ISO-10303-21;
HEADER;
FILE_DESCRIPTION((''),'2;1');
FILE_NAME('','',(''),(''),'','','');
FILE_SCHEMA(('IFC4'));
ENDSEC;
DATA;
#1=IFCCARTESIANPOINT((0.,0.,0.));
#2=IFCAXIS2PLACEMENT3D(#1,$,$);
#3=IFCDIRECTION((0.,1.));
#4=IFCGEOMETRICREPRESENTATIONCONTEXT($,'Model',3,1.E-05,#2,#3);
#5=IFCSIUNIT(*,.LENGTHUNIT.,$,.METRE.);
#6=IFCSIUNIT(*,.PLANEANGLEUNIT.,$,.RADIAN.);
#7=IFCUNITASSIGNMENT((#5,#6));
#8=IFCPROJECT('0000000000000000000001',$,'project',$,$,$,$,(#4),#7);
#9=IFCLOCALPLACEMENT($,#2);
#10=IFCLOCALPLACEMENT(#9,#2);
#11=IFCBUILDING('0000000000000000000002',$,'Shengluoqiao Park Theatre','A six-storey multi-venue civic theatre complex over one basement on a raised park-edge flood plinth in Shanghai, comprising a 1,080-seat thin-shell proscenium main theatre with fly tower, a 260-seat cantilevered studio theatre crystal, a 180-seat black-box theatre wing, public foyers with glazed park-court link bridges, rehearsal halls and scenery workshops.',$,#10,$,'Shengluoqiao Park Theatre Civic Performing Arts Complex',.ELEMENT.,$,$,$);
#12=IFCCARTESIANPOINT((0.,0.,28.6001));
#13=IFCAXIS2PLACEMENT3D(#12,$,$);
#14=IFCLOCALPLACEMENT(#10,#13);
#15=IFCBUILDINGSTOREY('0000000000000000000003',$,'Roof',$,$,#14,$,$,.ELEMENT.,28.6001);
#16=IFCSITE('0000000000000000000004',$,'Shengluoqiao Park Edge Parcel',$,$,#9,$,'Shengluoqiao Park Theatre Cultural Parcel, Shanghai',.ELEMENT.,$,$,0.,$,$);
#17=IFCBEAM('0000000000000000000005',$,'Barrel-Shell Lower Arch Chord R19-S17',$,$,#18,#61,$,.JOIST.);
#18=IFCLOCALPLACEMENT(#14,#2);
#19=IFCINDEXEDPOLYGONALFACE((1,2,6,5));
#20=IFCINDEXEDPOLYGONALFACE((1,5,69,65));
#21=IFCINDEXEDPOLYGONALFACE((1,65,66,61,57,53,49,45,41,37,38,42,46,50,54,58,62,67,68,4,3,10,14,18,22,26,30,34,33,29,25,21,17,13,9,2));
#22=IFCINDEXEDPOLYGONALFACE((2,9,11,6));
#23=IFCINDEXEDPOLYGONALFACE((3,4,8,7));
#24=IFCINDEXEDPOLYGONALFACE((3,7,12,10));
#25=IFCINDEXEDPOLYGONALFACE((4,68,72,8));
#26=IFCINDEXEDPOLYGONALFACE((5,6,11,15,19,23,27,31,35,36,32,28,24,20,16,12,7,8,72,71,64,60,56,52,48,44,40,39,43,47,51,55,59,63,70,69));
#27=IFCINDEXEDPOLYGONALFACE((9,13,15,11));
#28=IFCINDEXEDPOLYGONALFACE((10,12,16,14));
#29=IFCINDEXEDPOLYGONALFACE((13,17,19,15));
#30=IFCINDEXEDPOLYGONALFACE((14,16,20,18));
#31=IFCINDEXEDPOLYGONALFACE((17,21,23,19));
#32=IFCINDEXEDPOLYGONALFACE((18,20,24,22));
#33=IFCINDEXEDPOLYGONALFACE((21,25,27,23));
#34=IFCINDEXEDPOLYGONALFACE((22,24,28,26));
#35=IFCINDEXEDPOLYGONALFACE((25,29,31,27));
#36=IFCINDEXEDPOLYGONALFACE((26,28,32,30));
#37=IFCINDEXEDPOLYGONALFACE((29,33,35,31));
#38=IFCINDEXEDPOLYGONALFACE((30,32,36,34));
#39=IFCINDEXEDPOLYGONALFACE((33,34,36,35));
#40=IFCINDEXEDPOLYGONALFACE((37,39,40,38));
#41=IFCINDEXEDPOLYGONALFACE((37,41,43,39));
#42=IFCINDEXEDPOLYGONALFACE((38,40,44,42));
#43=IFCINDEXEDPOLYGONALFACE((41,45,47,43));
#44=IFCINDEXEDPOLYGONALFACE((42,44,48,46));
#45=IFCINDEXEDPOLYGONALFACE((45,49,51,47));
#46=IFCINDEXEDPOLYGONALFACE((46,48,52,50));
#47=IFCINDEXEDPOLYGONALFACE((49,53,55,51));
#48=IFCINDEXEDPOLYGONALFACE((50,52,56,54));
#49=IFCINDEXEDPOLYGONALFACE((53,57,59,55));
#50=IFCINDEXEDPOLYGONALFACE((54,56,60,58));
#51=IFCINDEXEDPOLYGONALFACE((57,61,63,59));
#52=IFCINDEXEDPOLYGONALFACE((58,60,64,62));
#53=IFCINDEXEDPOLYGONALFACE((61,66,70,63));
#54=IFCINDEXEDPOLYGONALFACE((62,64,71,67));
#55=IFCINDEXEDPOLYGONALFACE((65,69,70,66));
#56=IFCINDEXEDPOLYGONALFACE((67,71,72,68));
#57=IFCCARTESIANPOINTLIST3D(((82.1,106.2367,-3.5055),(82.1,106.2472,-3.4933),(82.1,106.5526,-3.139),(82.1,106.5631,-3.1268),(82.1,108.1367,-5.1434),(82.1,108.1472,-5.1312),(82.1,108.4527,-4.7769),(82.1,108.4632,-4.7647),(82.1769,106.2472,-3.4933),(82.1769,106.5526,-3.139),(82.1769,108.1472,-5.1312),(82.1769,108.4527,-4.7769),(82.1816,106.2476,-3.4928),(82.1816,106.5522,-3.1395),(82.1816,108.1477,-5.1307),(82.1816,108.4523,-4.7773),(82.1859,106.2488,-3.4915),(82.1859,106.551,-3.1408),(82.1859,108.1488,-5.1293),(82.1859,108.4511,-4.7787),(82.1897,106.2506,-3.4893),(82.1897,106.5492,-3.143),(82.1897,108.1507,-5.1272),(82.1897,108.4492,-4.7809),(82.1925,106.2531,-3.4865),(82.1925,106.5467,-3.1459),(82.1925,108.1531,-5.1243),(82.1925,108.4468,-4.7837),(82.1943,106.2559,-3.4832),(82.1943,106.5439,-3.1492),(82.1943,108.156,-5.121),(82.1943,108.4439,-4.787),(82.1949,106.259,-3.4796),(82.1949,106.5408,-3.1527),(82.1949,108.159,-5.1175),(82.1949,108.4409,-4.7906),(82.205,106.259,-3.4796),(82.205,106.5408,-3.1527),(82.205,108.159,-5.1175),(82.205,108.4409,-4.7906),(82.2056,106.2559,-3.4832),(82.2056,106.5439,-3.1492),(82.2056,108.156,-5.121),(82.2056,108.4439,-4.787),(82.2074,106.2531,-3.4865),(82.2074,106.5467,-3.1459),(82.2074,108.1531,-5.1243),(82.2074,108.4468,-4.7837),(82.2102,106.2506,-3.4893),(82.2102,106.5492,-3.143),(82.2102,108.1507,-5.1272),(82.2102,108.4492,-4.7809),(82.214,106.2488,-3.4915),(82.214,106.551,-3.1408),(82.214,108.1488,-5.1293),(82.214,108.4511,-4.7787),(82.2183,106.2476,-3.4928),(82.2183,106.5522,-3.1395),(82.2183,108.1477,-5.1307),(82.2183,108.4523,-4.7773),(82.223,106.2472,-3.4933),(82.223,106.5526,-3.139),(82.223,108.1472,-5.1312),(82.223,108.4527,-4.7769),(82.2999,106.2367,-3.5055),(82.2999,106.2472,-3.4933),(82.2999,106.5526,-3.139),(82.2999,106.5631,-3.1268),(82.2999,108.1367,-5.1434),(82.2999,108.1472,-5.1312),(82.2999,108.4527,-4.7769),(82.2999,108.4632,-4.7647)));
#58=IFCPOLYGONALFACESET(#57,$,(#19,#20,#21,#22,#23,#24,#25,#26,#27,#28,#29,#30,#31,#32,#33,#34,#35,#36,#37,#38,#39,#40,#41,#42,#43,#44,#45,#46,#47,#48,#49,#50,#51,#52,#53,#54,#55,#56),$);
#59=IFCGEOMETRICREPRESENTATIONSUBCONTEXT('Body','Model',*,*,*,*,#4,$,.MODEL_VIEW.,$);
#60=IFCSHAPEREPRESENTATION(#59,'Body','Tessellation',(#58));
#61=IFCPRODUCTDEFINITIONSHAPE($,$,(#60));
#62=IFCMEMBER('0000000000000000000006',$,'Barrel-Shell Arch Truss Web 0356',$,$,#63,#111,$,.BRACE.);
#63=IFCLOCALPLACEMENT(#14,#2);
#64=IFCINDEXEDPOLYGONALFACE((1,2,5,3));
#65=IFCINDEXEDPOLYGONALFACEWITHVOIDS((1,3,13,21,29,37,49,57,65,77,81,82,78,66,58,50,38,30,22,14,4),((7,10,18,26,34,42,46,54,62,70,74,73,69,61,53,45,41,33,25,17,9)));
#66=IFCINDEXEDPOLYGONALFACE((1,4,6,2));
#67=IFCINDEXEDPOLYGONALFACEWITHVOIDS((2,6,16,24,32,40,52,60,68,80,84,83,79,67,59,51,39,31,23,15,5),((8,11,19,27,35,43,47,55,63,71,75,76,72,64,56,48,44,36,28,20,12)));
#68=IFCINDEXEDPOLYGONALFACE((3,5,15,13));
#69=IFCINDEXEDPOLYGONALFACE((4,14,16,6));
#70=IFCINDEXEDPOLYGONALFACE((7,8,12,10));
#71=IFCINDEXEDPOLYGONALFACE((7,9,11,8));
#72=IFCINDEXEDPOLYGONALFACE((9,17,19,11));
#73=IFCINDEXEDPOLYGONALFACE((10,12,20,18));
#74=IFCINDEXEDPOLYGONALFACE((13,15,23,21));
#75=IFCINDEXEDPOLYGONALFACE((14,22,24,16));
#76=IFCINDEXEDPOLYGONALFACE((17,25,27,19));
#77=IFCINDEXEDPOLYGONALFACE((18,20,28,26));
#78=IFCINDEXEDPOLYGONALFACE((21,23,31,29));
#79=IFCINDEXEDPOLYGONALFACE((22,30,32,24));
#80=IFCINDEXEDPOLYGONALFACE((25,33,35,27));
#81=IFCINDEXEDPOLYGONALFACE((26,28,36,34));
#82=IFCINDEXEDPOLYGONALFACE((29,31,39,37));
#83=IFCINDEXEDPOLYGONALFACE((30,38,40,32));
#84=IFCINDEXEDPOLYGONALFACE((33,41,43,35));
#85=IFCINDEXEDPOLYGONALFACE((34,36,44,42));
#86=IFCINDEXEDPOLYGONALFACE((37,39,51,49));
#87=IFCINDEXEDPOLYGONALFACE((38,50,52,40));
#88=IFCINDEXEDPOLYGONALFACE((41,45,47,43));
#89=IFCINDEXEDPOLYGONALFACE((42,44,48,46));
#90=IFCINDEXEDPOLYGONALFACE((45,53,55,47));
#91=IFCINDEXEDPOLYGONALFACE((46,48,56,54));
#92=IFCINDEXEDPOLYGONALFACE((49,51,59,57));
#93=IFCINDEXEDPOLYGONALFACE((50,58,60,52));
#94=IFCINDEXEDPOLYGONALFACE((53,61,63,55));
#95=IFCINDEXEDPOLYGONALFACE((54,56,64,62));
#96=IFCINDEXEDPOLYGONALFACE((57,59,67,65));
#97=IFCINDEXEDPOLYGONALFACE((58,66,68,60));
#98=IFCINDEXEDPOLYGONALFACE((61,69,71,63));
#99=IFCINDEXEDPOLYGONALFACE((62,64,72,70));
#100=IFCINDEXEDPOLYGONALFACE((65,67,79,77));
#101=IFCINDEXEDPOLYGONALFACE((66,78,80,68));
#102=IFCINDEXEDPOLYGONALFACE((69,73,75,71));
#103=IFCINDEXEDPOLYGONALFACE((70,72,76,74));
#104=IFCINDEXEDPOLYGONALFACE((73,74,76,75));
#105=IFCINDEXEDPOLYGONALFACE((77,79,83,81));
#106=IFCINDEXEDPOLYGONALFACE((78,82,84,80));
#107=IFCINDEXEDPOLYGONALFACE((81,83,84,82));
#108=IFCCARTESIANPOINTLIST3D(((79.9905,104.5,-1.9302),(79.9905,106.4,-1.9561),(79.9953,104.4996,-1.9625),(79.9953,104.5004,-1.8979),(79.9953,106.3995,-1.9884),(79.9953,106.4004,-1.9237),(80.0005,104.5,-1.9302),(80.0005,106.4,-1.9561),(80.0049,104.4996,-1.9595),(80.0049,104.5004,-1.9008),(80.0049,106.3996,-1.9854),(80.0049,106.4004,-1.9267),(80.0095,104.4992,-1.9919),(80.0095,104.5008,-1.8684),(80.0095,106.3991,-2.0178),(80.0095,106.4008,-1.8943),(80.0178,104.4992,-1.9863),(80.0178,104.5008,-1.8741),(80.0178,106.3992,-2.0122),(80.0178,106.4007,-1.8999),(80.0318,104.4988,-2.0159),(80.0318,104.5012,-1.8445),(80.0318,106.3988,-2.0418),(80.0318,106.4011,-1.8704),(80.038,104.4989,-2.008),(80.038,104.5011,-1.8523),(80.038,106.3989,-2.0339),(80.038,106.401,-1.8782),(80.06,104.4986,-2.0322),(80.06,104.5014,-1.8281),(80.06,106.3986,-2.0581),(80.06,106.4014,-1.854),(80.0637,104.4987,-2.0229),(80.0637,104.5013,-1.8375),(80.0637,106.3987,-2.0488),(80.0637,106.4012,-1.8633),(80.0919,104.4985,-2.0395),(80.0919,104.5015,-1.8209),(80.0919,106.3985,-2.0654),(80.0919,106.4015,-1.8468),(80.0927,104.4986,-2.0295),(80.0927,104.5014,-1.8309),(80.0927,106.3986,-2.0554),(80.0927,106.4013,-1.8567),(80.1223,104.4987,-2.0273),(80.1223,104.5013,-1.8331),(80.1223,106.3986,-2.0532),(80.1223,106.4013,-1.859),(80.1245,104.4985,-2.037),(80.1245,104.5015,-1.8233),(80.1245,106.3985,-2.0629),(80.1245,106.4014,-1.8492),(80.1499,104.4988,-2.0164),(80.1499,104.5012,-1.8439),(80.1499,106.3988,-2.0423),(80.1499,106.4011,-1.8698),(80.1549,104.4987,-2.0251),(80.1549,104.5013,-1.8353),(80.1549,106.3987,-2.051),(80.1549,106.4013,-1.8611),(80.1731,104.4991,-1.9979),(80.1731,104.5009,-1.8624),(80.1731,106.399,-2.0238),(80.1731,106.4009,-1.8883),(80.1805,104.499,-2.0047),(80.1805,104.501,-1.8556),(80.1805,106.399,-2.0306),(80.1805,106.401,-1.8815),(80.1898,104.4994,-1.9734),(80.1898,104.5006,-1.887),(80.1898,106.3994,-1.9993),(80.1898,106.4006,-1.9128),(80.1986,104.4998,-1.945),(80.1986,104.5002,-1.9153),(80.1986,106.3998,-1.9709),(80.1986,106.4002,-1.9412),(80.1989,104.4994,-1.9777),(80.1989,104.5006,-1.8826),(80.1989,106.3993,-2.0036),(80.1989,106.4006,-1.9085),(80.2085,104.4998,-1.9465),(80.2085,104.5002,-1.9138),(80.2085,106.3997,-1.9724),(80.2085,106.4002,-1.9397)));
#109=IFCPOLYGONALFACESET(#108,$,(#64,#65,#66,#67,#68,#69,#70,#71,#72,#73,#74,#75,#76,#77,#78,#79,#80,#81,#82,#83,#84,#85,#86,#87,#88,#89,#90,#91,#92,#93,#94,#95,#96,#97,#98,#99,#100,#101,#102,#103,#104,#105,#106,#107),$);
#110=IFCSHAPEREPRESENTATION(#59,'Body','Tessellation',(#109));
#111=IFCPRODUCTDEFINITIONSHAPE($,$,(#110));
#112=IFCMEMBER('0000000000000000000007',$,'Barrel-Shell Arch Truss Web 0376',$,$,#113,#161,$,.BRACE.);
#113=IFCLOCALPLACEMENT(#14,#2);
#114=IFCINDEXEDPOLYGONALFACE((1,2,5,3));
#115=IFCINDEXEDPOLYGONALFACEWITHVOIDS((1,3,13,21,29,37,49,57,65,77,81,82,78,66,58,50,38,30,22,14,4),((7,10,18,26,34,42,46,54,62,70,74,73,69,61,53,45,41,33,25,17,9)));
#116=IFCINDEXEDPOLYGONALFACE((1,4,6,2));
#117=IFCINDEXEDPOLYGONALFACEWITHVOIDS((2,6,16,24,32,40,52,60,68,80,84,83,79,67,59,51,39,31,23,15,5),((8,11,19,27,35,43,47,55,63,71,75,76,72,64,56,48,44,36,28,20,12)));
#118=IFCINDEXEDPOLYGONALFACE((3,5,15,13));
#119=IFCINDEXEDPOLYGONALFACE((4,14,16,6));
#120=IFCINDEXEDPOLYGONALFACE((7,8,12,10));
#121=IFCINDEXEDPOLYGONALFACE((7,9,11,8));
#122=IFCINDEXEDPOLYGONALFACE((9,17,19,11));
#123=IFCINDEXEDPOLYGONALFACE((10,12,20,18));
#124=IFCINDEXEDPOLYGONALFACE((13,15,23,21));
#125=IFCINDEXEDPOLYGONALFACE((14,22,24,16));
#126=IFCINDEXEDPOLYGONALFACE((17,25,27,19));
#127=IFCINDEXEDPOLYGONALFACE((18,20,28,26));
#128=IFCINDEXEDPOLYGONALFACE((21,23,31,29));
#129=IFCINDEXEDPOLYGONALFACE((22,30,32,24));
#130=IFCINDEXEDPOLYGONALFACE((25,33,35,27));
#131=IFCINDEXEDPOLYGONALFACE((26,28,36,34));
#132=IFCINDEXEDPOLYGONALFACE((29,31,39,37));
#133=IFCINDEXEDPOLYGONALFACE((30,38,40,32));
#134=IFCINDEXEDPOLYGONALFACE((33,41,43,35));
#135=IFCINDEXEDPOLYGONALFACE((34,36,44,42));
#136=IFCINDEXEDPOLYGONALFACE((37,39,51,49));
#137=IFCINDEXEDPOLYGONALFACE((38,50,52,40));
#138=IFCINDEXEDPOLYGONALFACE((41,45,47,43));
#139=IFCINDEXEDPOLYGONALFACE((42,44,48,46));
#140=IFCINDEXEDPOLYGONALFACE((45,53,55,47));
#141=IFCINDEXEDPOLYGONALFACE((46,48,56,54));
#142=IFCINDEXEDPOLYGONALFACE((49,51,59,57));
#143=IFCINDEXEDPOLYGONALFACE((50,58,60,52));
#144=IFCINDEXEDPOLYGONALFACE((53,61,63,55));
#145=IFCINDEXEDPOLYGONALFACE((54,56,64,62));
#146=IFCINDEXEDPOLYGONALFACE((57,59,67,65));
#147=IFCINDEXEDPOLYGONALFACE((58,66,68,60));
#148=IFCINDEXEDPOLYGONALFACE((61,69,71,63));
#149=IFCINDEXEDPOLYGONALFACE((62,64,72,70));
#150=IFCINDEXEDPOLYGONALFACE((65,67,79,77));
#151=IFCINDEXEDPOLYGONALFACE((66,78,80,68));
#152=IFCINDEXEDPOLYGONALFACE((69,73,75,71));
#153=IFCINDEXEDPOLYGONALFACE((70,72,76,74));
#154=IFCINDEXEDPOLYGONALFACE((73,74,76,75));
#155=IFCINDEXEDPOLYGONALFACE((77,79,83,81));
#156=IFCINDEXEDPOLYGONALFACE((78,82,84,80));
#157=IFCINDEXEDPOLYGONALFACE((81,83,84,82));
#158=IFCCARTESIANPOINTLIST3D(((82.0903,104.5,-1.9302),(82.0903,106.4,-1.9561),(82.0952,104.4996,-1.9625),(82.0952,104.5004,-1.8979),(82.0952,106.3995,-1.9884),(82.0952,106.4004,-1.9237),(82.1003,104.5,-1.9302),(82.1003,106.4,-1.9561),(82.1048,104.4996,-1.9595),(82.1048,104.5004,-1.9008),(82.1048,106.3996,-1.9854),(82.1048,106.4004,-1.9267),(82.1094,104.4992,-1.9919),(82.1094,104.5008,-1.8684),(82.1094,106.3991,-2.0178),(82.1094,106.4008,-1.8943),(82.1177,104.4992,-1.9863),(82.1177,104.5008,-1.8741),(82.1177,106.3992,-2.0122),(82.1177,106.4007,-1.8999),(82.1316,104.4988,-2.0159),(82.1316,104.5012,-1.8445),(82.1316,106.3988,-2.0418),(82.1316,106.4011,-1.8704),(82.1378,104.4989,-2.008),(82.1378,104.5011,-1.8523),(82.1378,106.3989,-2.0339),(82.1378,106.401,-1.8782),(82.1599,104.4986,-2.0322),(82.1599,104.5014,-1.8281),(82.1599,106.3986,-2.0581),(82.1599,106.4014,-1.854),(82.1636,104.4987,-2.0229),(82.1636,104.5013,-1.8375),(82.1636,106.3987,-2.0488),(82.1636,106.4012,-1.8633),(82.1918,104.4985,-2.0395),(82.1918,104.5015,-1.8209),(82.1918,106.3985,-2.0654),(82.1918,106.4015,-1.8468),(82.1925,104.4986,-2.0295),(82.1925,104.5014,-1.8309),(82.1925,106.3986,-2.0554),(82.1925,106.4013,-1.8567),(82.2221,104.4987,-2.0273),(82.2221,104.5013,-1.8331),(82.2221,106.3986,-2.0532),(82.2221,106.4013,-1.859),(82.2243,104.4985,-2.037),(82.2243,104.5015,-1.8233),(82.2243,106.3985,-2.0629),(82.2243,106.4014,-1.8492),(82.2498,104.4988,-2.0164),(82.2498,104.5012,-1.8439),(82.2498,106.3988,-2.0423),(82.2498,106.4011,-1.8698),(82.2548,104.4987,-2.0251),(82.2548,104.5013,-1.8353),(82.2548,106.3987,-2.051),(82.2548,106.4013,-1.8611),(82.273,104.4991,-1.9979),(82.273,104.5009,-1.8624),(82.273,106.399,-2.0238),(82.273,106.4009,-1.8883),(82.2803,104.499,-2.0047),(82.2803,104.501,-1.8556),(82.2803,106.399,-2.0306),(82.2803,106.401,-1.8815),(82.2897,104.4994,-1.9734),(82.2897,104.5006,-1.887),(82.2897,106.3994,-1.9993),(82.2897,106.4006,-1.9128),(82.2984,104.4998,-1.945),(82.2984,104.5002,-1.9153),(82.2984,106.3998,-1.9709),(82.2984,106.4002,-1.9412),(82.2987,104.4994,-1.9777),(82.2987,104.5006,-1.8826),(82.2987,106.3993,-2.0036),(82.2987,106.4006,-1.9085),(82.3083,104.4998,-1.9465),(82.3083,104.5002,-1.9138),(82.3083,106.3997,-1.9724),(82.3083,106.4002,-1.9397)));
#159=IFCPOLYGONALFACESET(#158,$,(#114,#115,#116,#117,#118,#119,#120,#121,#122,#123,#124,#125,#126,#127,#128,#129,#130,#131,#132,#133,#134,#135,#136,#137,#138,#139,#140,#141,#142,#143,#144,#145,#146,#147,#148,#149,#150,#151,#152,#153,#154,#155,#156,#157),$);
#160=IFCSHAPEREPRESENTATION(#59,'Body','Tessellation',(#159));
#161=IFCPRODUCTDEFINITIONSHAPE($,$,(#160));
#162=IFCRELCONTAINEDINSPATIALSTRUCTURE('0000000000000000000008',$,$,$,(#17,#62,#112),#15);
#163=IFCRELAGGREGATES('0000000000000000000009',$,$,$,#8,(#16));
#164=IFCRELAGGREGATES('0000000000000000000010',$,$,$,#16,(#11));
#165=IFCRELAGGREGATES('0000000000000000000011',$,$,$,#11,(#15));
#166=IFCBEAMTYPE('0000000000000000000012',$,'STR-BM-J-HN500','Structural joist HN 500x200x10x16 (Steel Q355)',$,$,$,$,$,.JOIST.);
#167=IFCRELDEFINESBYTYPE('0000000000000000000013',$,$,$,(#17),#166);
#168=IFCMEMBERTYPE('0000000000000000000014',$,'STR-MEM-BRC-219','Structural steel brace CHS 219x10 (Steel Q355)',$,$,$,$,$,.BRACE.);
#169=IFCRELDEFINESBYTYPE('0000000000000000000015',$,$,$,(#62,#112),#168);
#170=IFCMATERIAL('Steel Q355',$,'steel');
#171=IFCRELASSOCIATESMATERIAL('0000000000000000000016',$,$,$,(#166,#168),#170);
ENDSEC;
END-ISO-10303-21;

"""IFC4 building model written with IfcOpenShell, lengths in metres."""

from ifc_helpers import new_model, si_unit, direction, frame, origin, origin_2d, place, context, subcontext, project, spatial, hollow_circle, i_section, extrude, material, material_profile, profile_set, type_object, element, save


model = new_model("IFC4")

# Units and contexts
model_context = context("Model", 3, precision=1e-05, world=origin(), true_north=direction((0.0, 1.0)))
body_context = subcontext(model_context, "Body", "Model", "MODEL_VIEW")
ifc_project = project(units=[si_unit("LENGTHUNIT", "METRE"), si_unit("PLANEANGLEUNIT", "RADIAN")], contexts=[model_context])

# Site, building, storey
site_placement = place(None, origin())
site = spatial("IfcSite", under=ifc_project, at=site_placement, Name="Shengluoqiao Park Edge Parcel", LongName="Shengluoqiao Park Theatre Cultural Parcel, Shanghai", CompositionType="ELEMENT", RefElevation=0.0)
building_placement = place(site_placement, origin())
building = spatial("IfcBuilding", under=site, at=building_placement, Name="Shengluoqiao Park Theatre", Description="A six-storey multi-venue civic theatre complex over one basement on a raised park-edge flood plinth in Shanghai, comprising a 1,080-seat thin-shell proscenium main theatre with fly tower, a 260-seat cantilevered studio theatre crystal, a 180-seat black-box theatre wing, public foyers with glazed park-court link bridges, rehearsal halls and scenery workshops.", LongName="Shengluoqiao Park Theatre Civic Performing Arts Complex", CompositionType="ELEMENT")
storey_placement = place(building_placement, frame((0.0, 0.0, 28.6001)))
storey = spatial("IfcBuildingStorey", under=building, at=storey_placement, Name="Roof", CompositionType="ELEMENT", Elevation=28.6001)

# Beam
ifc_material_1 = material(Name="Steel Q355", Category="steel")
ifc_material_profile_1 = material_profile(ifc_material_1, i_section(OverallWidth=0.2, OverallDepth=0.5, WebThickness=0.01, FlangeThickness=0.0161, FilletRadius=0.0181, at=origin_2d()), Name="HN 500x200x10x16")
ifc_profile_set_1 = profile_set([ifc_material_profile_1], Name="Steel Q355")
beam_type_1 = type_object("IfcBeamType", Name="STR-BM-J-HN500", Description="Structural joist HN 500x200x10x16 (Steel Q355)", PredefinedType="JOIST", material=ifc_profile_set_1)
beam_1_placement = place(storey_placement, frame((82.2, 106.3999, -3.3162), z_axis=(0.0, 0.757433, -0.652913), x_axis=(-1.0, 0.0, 0.0)))
element("IfcBeam", 1, at=beam_1_placement, inside=storey, type_object=beam_type_1, Name="Barrel-Shell Lower Arch Chord R19-S17", PredefinedType="JOIST", context=body_context, shape_type="SweptSolid", body=[
    extrude(i_section(OverallWidth=0.2, OverallDepth=0.5, WebThickness=0.01, FlangeThickness=0.0161, FilletRadius=0.0181, at=origin_2d()), origin(), (0.0, 0.0, 1.0), 2.5085),
])

# Members
ifc_material_profile_2 = material_profile(ifc_material_1, hollow_circle(Radius=0.1096, WallThickness=0.01, at=origin_2d()), Name="CHS 219x10")
ifc_profile_set_2 = profile_set([ifc_material_profile_2], Name="Steel Q355")
member_type_1 = type_object("IfcMemberType", Name="STR-MEM-BRC-219", Description="Structural steel brace CHS 219x10 (Steel Q355)", PredefinedType="BRACE", material=ifc_profile_set_2)
for number, where, z_axis, x_axis, name in (
    (2, (80.1001, 104.5, -1.9302), (0.0, 0.999907, -0.01362), (-1.0, 0.0, 0.0), "Barrel-Shell Arch Truss Web 0356"),
    (3, (82.2, 104.5, -1.9302), (0.0, 0.999907, -0.01362), (-1.0, 0.0, 0.0), "Barrel-Shell Arch Truss Web 0376"),
):
    element("IfcMember", number, at=place(storey_placement, frame(where, z_axis=z_axis, x_axis=x_axis)), inside=storey, type_object=member_type_1, Name=name, PredefinedType="BRACE", context=body_context, shape_type="SweptSolid", body=[
        extrude(hollow_circle(Radius=0.1096, WallThickness=0.01, at=origin_2d()), origin(), (0.0, 0.0, 1.0), 1.9001),
    ])

save(model, "model.ifc")
